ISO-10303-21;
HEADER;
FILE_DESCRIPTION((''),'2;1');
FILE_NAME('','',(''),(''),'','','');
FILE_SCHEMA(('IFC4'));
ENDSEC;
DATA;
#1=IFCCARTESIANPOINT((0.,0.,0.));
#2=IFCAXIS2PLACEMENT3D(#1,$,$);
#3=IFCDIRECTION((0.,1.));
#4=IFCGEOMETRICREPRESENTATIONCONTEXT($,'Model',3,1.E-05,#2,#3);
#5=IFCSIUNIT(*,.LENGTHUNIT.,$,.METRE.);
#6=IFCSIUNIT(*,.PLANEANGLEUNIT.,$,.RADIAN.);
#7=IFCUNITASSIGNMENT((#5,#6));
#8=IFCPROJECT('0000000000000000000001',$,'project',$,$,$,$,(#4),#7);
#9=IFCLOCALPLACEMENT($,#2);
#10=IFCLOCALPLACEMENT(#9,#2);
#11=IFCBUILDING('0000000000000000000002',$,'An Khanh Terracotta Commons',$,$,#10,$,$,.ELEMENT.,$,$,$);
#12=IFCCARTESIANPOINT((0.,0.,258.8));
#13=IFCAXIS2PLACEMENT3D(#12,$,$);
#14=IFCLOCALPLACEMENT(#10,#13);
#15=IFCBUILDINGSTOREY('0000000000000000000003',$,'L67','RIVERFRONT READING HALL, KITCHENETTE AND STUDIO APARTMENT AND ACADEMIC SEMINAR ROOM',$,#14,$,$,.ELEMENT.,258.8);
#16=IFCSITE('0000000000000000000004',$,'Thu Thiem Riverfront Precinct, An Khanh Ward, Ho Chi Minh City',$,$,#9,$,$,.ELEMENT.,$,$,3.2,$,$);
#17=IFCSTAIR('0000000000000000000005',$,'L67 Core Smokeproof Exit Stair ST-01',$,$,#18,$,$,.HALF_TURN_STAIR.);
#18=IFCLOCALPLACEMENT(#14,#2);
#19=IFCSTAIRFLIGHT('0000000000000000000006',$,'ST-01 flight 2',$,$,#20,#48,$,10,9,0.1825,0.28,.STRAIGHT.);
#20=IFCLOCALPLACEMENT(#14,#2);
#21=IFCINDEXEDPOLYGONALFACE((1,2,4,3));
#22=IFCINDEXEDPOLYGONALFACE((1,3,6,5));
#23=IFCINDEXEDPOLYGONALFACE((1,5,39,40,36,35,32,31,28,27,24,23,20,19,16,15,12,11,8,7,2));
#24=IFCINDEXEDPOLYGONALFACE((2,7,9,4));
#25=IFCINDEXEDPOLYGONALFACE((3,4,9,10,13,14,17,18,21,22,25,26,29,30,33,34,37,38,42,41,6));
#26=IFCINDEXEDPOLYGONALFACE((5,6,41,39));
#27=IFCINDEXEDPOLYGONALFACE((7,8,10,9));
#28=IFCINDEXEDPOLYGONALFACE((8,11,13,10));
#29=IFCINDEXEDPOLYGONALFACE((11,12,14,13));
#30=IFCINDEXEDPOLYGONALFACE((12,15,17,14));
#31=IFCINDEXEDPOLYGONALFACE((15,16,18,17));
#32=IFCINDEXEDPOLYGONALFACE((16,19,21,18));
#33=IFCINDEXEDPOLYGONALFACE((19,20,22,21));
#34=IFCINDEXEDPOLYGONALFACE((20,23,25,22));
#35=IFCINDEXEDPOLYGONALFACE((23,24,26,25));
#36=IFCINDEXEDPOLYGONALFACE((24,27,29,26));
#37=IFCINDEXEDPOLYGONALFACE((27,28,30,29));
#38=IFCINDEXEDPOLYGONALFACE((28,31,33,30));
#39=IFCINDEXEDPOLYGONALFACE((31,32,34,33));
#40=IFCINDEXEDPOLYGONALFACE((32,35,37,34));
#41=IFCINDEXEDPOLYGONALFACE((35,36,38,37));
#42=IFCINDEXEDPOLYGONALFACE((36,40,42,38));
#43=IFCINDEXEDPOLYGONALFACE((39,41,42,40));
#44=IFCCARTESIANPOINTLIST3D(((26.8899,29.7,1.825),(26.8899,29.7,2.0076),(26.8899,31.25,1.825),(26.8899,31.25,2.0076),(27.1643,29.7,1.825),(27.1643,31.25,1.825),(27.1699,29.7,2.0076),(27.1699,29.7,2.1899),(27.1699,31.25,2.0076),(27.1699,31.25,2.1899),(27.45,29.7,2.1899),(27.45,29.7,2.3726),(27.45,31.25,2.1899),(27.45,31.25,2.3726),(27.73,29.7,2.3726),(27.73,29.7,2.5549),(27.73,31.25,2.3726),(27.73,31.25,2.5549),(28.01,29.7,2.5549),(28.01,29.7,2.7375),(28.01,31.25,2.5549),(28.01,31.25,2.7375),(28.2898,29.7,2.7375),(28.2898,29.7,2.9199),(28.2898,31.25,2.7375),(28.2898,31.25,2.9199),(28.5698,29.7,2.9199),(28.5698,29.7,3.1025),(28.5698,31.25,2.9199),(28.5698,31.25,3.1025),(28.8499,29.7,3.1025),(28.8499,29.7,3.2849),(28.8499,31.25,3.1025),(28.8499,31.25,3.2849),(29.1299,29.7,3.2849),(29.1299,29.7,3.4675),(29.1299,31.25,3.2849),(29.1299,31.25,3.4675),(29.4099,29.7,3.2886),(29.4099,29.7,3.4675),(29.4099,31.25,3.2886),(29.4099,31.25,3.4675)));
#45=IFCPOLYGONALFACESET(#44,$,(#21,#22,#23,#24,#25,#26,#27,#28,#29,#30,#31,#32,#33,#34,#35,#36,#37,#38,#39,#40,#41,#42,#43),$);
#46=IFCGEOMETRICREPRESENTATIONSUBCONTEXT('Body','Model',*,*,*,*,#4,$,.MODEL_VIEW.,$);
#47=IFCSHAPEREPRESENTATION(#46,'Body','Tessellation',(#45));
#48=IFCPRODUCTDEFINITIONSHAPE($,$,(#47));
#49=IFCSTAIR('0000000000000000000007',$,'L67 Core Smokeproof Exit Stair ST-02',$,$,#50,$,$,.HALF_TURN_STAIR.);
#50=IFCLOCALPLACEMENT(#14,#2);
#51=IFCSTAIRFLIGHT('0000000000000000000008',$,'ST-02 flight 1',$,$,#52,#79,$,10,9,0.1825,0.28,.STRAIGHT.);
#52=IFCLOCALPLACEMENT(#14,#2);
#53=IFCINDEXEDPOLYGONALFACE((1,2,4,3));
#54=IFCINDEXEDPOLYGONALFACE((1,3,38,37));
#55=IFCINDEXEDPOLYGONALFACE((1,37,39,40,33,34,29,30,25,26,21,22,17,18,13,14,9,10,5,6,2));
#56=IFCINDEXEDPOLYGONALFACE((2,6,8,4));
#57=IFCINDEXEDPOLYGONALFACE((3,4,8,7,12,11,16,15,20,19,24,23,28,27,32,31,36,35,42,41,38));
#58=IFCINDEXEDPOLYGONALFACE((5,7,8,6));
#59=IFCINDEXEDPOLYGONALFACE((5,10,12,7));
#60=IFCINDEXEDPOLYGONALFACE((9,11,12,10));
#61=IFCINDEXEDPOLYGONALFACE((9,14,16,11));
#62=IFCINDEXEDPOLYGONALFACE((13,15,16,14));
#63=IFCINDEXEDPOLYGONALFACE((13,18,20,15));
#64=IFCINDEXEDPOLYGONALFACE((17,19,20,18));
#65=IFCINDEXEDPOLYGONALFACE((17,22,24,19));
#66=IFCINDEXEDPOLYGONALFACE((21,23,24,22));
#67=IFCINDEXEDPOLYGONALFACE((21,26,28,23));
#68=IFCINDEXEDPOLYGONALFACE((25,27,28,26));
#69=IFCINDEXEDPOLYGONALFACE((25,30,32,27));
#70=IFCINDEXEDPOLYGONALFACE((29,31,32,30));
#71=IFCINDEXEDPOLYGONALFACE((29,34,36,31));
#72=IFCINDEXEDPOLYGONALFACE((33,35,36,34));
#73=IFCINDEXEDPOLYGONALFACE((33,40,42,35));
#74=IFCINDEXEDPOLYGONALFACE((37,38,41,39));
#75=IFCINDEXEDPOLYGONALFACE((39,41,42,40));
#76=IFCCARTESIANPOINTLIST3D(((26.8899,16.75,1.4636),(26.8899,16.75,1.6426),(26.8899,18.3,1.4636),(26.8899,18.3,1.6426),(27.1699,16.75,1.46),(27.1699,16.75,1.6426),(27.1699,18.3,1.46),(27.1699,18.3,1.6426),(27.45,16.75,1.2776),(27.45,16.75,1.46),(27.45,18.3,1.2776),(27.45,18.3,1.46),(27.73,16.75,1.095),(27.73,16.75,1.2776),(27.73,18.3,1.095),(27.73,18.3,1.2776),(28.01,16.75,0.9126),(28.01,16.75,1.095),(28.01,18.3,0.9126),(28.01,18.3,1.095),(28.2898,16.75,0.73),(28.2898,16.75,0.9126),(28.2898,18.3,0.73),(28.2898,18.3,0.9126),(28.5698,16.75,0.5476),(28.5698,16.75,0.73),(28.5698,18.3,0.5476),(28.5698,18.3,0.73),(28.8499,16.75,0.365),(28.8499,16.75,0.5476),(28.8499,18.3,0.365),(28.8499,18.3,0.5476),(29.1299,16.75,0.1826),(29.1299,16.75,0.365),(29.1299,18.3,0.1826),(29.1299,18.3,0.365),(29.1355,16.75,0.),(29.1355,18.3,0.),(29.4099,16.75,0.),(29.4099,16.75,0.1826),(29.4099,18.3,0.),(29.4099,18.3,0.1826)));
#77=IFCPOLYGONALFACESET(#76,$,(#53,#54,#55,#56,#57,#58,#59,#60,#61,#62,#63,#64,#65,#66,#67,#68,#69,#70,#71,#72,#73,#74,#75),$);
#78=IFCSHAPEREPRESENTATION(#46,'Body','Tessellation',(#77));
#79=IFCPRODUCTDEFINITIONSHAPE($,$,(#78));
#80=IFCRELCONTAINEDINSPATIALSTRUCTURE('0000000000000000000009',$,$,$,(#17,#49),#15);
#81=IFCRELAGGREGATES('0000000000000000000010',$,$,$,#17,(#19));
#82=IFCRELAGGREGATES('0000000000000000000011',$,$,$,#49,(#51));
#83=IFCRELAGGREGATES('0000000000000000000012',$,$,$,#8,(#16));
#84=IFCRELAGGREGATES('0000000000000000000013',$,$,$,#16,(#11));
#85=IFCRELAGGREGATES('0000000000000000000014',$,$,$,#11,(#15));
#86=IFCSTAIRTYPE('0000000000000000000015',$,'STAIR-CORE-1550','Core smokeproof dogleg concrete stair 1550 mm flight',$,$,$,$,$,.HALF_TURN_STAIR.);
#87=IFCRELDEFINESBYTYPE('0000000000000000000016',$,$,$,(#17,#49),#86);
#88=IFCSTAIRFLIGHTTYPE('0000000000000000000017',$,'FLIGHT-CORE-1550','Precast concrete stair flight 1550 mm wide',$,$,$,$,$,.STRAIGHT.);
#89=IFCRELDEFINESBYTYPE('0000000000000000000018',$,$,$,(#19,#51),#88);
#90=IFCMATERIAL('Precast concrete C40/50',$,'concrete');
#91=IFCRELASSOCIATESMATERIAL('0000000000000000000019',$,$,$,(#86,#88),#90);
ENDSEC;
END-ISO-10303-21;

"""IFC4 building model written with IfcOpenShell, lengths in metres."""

from ifc_helpers import new_model, si_unit, direction, frame, origin, place, context, subcontext, project, spatial, polyline, outline, extrude, material, type_object, element, aggregate, save


model = new_model("IFC4")

# Units and contexts
model_context = context("Model", 3, precision=1e-05, world=origin(), true_north=direction((0.0, 1.0)))
body_context = subcontext(model_context, "Body", "Model", "MODEL_VIEW")
ifc_project = project(units=[si_unit("LENGTHUNIT", "METRE"), si_unit("PLANEANGLEUNIT", "RADIAN")], contexts=[model_context])

# Site, building, storey
site_placement = place(None, origin())
site = spatial("IfcSite", under=ifc_project, at=site_placement, Name="Thu Thiem Riverfront Precinct, An Khanh Ward, Ho Chi Minh City", CompositionType="ELEMENT", RefElevation=3.2)
building_placement = place(site_placement, origin())
building = spatial("IfcBuilding", under=site, at=building_placement, Name="An Khanh Terracotta Commons", CompositionType="ELEMENT")
storey_placement = place(building_placement, frame((0.0, 0.0, 258.8)))
storey = spatial("IfcBuildingStorey", under=building, at=storey_placement, Name="L67", Description="RIVERFRONT READING HALL, KITCHENETTE AND STUDIO APARTMENT AND ACADEMIC SEMINAR ROOM", CompositionType="ELEMENT", Elevation=258.8)

# Shared definitions
ifc_material_1 = material(Name="Precast concrete C40/50", Category="concrete")

# Stair, stair flight
stair_type = type_object("IfcStairType", Name="STAIR-CORE-1550", Description="Core smokeproof dogleg concrete stair 1550 mm flight", PredefinedType="HALF_TURN_STAIR", material=ifc_material_1)
stair_1_placement = place(storey_placement, origin())
stair_1 = element("IfcStair", 1, at=stair_1_placement, inside=storey, type_object=stair_type, Name="L67 Core Smokeproof Exit Stair ST-01", PredefinedType="HALF_TURN_STAIR")
stair_flight_type = type_object("IfcStairFlightType", Name="FLIGHT-CORE-1550", Description="Precast concrete stair flight 1550 mm wide", PredefinedType="STRAIGHT", material=ifc_material_1)
stair_flight_1_placement = place(storey_placement, frame((26.8899, 30.4751, 1.825), z_axis=(0.0, 0.0, 1.0), x_axis=(1.0, 0.0, 0.0)))
stair_flight_1 = element("IfcStairFlight", 2, at=stair_flight_1_placement, type_object=stair_flight_type, Name="ST-01 flight 2", NumberOfRisers=10, NumberOfTreads=9, PredefinedType="STRAIGHT", RiserHeight=0.1825, TreadLength=0.28, context=body_context, shape_type="SweptSolid", body=[
    extrude(outline(polyline([(0.0, 0.0), (0.0, 0.1826), (0.28, 0.1826), (0.28, 0.365), (0.5601, 0.365), (0.5601, 0.5476), (0.8401, 0.5476), (0.8401, 0.73), (1.1201, 0.73), (1.1201, 0.9126), (1.3999, 0.9126), (1.3999, 1.095), (1.6799, 1.095), (1.6799, 1.2776), (1.96, 1.2776), (1.96, 1.46), (2.24, 1.46), (2.24, 1.6426), (2.52, 1.6426), (2.52, 1.825), (2.52, 1.4636), (0.2744, 0.0), (0.0, 0.0)])), frame((0.0, 0.7749, 0.0), z_axis=(0.0, -1.0, 0.0), x_axis=(1.0, 0.0, 0.0)), (0.0, 0.0, 1.0), 1.55),
])
aggregate(stair_1, [stair_flight_1])

# Stair, stair flight
stair_2_placement = place(storey_placement, origin())
stair_2 = element("IfcStair", 3, at=stair_2_placement, inside=storey, type_object=stair_type, Name="L67 Core Smokeproof Exit Stair ST-02", PredefinedType="HALF_TURN_STAIR")
stair_flight_2_placement = place(storey_placement, frame((29.4099, 17.5249, 0.0), z_axis=(0.0, 0.0, 1.0), x_axis=(-1.0, 0.0, 0.0)))
stair_flight_2 = element("IfcStairFlight", 4, at=stair_flight_2_placement, type_object=stair_flight_type, Name="ST-02 flight 1", NumberOfRisers=10, NumberOfTreads=9, PredefinedType="STRAIGHT", RiserHeight=0.1825, TreadLength=0.28, context=body_context, shape_type="SweptSolid", body=[
    extrude(outline(polyline([(0.0, 0.0), (0.0, 0.1826), (0.28, 0.1826), (0.28, 0.365), (0.5601, 0.365), (0.5601, 0.5476), (0.8401, 0.5476), (0.8401, 0.73), (1.1201, 0.73), (1.1201, 0.9126), (1.3999, 0.9126), (1.3999, 1.095), (1.6799, 1.095), (1.6799, 1.2776), (1.96, 1.2776), (1.96, 1.46), (2.24, 1.46), (2.24, 1.6426), (2.52, 1.6426), (2.52, 1.825), (2.52, 1.4636), (0.2744, 0.0), (0.0, 0.0)])), frame((0.0, 0.7749, 0.0), z_axis=(0.0, -1.0, 0.0), x_axis=(1.0, 0.0, 0.0)), (0.0, 0.0, 1.0), 1.55),
])
aggregate(stair_2, [stair_flight_2])

save(model, "model.ifc")
